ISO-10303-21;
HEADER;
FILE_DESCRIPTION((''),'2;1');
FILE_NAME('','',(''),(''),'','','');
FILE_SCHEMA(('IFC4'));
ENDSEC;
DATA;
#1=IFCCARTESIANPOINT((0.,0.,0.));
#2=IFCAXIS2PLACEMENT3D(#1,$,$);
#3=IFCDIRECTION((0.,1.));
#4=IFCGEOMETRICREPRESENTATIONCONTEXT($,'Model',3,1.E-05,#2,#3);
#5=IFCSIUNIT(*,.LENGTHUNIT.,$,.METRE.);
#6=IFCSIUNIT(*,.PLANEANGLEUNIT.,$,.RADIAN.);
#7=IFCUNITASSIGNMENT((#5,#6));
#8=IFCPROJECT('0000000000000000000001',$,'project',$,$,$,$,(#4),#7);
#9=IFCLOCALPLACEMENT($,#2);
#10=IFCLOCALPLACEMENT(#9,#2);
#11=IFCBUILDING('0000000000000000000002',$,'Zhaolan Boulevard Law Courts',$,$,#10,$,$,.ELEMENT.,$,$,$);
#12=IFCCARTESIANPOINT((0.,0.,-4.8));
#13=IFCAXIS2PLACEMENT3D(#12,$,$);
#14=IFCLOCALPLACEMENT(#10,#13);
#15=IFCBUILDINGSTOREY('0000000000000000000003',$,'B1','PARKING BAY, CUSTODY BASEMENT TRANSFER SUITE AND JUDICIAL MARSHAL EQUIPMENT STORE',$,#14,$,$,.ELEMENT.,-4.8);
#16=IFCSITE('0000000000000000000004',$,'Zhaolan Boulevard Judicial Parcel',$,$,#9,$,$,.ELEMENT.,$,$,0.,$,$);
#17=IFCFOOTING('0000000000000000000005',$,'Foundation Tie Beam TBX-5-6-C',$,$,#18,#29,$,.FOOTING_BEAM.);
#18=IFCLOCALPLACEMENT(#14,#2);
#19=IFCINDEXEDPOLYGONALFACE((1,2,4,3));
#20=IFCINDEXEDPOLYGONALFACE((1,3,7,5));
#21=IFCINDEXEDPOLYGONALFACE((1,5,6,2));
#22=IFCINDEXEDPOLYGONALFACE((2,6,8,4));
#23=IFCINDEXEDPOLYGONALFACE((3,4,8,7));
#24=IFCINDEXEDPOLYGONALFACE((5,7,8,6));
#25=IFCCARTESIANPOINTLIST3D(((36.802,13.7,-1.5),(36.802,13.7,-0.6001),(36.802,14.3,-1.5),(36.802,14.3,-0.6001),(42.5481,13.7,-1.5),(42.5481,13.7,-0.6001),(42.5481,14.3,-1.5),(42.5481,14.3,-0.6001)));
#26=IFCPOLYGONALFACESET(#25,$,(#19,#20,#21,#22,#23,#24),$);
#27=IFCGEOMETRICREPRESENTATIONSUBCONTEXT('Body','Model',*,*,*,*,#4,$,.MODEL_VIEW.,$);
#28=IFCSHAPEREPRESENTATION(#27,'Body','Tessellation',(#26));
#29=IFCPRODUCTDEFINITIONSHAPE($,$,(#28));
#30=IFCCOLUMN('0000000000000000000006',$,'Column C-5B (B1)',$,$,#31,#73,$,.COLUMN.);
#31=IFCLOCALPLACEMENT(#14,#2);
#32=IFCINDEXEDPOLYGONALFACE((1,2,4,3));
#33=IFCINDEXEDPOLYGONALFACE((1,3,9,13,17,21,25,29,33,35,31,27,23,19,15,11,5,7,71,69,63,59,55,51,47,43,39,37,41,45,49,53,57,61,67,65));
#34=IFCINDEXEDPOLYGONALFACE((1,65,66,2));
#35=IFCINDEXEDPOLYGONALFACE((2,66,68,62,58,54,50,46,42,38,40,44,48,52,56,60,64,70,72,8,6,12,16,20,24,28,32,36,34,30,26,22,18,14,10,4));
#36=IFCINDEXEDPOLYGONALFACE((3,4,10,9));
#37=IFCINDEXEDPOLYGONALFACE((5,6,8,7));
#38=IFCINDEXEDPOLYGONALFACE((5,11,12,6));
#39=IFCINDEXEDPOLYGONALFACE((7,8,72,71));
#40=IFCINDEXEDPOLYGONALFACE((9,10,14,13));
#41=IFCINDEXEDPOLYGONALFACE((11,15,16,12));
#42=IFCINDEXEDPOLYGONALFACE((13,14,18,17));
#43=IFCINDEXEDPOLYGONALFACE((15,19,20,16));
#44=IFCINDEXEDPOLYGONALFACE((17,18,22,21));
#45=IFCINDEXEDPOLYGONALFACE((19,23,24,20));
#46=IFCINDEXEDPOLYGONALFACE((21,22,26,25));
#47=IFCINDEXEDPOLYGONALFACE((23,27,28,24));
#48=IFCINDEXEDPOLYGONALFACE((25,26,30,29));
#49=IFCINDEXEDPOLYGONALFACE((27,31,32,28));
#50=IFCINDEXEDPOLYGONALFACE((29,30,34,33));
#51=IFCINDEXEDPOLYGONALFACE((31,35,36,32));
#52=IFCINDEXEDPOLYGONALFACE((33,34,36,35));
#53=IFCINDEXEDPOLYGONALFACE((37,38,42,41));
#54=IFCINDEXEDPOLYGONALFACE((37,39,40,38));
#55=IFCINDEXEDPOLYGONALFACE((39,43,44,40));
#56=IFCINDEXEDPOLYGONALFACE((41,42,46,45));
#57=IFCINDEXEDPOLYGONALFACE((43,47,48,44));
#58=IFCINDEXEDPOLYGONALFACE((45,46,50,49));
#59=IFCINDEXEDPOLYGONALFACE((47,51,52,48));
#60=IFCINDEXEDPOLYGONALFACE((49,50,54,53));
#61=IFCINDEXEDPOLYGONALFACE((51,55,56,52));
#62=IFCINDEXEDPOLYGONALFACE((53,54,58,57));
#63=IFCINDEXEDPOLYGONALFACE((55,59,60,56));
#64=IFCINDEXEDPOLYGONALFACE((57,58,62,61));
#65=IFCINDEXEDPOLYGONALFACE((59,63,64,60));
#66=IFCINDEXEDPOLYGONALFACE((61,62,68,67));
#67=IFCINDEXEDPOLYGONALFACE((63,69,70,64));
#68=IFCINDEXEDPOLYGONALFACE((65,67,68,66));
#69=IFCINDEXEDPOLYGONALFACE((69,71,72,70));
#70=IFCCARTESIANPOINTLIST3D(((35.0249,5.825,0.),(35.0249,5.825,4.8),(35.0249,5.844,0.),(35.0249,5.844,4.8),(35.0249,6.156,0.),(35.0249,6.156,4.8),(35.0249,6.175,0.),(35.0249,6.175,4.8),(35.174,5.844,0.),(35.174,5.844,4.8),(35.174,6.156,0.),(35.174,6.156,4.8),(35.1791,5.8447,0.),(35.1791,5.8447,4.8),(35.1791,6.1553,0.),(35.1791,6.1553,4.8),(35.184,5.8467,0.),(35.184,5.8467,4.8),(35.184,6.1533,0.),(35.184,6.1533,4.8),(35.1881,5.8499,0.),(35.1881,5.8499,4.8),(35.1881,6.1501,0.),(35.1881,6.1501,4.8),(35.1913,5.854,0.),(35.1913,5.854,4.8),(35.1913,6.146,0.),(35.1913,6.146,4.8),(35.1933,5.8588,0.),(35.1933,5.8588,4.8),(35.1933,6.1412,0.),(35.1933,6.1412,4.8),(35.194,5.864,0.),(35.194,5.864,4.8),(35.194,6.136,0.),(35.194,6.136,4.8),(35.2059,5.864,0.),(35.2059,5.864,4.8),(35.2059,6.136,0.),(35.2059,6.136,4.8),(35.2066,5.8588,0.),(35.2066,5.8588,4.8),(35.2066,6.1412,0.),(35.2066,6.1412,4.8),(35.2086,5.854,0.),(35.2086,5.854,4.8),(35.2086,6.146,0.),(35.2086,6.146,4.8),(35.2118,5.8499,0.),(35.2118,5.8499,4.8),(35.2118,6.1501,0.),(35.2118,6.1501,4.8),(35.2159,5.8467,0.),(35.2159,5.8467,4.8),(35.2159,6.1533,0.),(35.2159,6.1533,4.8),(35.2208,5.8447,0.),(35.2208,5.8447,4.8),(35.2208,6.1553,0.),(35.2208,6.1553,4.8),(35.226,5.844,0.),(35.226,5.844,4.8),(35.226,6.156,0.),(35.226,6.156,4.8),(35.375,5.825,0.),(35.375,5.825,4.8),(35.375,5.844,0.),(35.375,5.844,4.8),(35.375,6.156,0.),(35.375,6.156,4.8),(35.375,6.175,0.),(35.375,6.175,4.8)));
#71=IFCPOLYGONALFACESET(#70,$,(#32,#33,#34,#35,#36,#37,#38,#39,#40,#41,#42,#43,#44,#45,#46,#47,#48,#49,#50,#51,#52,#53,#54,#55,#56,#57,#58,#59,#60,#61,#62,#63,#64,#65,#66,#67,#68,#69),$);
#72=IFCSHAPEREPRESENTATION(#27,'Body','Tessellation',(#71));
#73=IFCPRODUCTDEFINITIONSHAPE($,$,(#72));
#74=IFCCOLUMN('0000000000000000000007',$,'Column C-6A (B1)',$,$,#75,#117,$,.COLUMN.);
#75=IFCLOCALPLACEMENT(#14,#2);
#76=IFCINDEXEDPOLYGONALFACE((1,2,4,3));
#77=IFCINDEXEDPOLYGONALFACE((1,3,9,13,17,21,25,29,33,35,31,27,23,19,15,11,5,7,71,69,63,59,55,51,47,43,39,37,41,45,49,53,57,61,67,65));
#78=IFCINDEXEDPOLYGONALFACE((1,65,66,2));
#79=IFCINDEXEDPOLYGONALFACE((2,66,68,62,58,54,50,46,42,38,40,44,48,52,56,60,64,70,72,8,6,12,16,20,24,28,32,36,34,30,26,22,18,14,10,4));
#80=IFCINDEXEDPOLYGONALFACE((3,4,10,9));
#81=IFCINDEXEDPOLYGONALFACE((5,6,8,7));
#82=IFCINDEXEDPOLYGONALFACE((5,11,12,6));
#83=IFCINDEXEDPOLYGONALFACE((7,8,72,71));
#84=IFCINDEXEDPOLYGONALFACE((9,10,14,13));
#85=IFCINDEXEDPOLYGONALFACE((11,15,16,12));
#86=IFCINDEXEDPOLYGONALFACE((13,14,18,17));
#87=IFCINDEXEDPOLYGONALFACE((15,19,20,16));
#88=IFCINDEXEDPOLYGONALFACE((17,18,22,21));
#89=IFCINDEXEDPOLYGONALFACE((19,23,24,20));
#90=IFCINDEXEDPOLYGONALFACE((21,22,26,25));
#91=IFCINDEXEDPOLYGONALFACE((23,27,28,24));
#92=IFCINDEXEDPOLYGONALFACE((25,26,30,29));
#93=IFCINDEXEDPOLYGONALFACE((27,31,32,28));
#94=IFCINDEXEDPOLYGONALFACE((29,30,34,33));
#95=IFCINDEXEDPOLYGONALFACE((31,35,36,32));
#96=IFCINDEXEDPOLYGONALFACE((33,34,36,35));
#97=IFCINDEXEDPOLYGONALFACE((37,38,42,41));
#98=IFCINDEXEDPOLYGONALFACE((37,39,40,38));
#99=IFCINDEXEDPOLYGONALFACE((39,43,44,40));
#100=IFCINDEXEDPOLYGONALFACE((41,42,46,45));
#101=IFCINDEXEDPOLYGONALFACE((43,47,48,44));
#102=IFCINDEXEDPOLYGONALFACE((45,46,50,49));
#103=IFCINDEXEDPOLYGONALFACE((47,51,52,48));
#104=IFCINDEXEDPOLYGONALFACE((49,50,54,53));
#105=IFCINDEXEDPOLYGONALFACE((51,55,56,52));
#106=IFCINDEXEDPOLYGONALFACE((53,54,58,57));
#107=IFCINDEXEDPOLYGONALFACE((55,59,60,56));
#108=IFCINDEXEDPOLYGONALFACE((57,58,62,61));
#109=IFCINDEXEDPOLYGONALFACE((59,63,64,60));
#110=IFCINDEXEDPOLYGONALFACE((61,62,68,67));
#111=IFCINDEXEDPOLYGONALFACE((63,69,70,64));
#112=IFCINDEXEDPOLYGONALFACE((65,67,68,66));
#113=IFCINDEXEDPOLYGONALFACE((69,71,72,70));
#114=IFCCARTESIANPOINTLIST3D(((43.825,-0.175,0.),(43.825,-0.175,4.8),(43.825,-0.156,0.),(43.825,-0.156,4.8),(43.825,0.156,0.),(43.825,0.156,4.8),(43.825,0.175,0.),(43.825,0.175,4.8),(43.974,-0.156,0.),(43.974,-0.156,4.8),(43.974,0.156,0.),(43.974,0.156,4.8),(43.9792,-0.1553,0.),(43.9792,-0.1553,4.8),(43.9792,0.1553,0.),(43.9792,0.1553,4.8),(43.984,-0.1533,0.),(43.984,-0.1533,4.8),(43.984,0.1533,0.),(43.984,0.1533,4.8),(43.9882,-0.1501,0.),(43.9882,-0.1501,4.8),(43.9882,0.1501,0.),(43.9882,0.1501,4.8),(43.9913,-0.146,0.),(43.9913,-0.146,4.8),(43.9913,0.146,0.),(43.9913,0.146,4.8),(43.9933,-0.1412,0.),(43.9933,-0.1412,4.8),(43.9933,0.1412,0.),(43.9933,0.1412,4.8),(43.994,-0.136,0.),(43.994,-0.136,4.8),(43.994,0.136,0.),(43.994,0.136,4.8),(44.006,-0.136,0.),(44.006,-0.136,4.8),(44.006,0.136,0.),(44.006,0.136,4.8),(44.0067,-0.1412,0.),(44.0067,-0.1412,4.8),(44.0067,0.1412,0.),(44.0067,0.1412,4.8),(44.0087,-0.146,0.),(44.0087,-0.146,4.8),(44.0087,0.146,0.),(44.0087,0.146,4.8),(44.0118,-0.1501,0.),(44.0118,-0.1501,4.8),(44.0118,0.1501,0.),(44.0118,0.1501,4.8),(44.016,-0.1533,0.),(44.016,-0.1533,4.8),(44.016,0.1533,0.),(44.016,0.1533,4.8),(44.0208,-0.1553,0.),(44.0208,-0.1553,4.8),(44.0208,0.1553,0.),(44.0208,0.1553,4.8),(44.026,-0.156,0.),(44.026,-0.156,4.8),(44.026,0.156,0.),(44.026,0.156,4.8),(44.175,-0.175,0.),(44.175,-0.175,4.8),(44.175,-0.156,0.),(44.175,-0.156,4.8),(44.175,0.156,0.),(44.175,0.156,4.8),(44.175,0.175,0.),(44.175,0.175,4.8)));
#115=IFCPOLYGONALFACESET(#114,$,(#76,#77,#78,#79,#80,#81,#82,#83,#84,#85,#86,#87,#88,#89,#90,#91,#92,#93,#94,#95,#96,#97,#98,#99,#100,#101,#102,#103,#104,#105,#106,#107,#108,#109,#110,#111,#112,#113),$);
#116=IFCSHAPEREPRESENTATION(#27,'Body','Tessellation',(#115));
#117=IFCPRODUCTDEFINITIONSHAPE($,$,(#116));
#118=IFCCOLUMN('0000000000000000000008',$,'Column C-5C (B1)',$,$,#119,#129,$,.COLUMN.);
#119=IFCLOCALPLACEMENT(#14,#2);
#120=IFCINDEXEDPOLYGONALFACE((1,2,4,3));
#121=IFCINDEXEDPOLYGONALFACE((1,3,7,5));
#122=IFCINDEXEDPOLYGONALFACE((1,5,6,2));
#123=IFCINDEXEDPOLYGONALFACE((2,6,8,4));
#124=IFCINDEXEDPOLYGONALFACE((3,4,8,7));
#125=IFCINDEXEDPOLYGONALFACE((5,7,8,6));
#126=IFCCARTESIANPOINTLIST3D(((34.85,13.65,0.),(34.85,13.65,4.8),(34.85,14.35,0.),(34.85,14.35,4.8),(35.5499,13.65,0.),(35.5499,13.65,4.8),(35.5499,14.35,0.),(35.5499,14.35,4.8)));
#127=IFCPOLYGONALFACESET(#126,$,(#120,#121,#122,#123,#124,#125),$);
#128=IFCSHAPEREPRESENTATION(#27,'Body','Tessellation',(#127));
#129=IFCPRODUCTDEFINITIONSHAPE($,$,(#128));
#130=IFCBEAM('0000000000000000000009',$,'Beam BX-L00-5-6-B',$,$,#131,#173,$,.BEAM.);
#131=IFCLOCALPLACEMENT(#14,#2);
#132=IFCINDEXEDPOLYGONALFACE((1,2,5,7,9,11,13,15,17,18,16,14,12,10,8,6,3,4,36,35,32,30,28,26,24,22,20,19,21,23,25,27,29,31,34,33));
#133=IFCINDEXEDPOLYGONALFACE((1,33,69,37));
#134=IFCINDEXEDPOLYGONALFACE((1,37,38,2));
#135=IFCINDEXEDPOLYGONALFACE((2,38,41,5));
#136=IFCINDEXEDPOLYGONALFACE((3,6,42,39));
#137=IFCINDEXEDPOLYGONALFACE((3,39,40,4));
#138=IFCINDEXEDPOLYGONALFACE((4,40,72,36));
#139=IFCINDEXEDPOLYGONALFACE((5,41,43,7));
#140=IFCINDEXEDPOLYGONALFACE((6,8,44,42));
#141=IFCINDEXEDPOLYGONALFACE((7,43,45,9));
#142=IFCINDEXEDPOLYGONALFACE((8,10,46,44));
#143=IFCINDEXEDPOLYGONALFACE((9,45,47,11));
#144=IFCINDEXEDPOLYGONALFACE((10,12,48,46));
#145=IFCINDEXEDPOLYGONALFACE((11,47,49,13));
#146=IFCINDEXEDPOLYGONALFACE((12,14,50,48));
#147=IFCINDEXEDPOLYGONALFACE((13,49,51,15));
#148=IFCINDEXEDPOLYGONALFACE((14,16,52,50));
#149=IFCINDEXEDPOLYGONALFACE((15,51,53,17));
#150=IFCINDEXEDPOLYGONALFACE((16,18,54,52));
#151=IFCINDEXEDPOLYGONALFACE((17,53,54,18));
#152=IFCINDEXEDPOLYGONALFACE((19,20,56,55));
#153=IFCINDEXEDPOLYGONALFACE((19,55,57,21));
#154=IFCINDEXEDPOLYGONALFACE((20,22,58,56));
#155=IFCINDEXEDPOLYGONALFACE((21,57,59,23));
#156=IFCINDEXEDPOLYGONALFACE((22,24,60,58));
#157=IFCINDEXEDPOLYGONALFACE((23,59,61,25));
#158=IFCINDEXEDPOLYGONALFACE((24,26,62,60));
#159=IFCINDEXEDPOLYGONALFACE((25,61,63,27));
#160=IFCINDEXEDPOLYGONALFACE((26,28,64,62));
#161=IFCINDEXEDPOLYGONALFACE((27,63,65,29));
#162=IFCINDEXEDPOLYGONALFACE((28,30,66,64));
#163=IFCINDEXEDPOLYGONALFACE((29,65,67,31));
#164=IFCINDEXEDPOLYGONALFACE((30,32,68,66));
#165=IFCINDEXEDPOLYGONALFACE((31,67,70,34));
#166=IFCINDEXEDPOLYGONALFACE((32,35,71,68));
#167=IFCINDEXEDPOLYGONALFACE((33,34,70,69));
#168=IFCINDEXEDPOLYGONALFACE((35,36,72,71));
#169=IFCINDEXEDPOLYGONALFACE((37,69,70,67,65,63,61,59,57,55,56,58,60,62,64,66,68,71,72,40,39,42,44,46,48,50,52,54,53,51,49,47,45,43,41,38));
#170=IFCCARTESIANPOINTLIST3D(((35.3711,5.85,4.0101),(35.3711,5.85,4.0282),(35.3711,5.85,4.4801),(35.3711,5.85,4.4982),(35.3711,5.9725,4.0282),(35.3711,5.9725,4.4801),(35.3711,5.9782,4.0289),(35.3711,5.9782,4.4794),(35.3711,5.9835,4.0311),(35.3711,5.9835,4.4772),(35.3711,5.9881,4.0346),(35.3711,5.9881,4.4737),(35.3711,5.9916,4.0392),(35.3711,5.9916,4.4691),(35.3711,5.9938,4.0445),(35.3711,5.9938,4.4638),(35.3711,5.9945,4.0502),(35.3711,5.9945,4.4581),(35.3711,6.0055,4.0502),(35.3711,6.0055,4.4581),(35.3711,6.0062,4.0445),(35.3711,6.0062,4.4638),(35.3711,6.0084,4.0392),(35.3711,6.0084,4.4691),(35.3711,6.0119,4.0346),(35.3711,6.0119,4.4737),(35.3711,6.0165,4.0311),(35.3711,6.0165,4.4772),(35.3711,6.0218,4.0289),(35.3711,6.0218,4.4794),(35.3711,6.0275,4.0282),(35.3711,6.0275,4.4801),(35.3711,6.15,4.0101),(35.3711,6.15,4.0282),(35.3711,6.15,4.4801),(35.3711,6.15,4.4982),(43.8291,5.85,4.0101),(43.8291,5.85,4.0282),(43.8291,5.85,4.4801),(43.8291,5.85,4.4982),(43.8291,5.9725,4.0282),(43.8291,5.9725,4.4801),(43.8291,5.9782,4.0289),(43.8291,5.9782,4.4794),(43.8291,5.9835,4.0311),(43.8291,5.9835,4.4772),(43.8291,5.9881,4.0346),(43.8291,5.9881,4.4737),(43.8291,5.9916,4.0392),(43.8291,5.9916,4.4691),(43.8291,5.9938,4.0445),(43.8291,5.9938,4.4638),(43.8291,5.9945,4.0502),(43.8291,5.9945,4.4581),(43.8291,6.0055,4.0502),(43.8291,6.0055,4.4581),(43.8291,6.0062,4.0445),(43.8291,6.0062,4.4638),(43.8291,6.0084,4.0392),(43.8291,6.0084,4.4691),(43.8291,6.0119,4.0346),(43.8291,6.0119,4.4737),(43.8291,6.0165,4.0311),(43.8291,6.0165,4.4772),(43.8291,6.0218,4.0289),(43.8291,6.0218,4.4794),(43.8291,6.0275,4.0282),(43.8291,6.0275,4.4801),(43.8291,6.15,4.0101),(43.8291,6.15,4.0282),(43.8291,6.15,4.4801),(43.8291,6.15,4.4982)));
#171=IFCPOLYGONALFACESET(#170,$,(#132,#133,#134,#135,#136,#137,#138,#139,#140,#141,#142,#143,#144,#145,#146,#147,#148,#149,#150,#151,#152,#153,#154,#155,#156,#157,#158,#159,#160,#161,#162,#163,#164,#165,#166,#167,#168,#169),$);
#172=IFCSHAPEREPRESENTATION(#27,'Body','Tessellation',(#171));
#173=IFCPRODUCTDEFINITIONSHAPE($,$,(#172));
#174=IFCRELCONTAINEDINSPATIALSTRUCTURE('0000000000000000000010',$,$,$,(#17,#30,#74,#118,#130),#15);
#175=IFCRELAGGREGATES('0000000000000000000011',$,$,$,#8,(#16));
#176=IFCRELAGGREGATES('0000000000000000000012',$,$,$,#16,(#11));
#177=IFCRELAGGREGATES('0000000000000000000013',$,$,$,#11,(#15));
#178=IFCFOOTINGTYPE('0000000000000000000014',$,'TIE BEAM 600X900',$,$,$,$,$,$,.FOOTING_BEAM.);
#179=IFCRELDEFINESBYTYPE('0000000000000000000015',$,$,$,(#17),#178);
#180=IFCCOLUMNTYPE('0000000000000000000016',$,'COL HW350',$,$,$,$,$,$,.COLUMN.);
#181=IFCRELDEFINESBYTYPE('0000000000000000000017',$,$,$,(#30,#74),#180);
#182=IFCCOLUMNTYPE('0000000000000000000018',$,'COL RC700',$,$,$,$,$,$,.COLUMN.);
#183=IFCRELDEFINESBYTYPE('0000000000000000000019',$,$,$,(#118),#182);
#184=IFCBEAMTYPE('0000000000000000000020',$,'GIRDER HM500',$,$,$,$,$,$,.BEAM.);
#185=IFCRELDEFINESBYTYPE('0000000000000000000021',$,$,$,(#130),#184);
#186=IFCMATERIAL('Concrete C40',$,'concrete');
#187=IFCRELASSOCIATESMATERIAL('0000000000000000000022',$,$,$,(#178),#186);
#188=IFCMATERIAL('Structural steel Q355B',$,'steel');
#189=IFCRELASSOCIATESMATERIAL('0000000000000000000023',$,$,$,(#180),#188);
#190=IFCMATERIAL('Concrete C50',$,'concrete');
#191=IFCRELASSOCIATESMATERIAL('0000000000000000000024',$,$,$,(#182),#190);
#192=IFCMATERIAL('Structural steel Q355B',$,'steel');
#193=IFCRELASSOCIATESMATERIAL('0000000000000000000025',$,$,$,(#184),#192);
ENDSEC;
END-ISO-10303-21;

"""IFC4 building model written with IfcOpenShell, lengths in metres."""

from ifc_helpers import new_model, si_unit, direction, frame, origin, origin_2d, place, context, subcontext, project, spatial, rectangle, i_section, extrude, material, material_profile, profile_set, type_object, element, save


model = new_model("IFC4")

# Units and contexts
model_context = context("Model", 3, precision=1e-05, world=origin(), true_north=direction((0.0, 1.0)))
body_context = subcontext(model_context, "Body", "Model", "MODEL_VIEW")
ifc_project = project(units=[si_unit("LENGTHUNIT", "METRE"), si_unit("PLANEANGLEUNIT", "RADIAN")], contexts=[model_context])

# Site, building, storey
site_placement = place(None, origin())
site = spatial("IfcSite", under=ifc_project, at=site_placement, Name="Zhaolan Boulevard Judicial Parcel", CompositionType="ELEMENT", RefElevation=0.0)
building_placement = place(site_placement, origin())
building = spatial("IfcBuilding", under=site, at=building_placement, Name="Zhaolan Boulevard Law Courts", CompositionType="ELEMENT")
storey_placement = place(building_placement, frame((0.0, 0.0, -4.8)))
storey = spatial("IfcBuildingStorey", under=building, at=storey_placement, Name="B1", Description="PARKING BAY, CUSTODY BASEMENT TRANSFER SUITE AND JUDICIAL MARSHAL EQUIPMENT STORE", CompositionType="ELEMENT", Elevation=-4.8)

# Footing
ifc_material_1 = material(Name="Concrete C40", Category="concrete")
ifc_material_profile_1 = material_profile(ifc_material_1, rectangle(XDim=0.6001, YDim=0.8999, at=origin_2d()), Name="RC600x900")
ifc_profile_set_1 = profile_set([ifc_material_profile_1], Name="Concrete C40")
footing_type_1 = type_object("IfcFootingType", Name="TIE BEAM 600X900", PredefinedType="FOOTING_BEAM", material=ifc_profile_set_1)
for number, where, z_axis, x_axis, name in (
    (1, (36.802, 14.0, -1.05), (1.0, 0.0, 0.0), (0.0, 1.0, 0.0), "Foundation Tie Beam TBX-5-6-C"),
):
    element("IfcFooting", number, at=place(storey_placement, frame(where, z_axis=z_axis, x_axis=x_axis)), inside=storey, type_object=footing_type_1, Name=name, PredefinedType="FOOTING_BEAM", context=body_context, shape_type="SweptSolid", body=[
        extrude(rectangle(XDim=0.6001, YDim=0.8999, at=origin_2d()), origin(), (0.0, 0.0, 1.0), 5.7461),
    ])

# Columns
ifc_material_2 = material(Name="Structural steel Q355B", Category="steel")
ifc_material_profile_2 = material_profile(ifc_material_2, i_section(OverallWidth=0.3501, OverallDepth=0.3501, WebThickness=0.012, FlangeThickness=0.019, FilletRadius=0.02, at=origin_2d()), Name="HW350x350")
ifc_profile_set_2 = profile_set([ifc_material_profile_2], Name="Structural steel Q355B")
column_type_1 = type_object("IfcColumnType", Name="COL HW350", PredefinedType="COLUMN", material=ifc_profile_set_2)
for number, where, z_axis, x_axis, name in (
    (2, (35.2, 6.0, 0.0), (0.0, 0.0, 1.0), (1.0, 0.0, 0.0), "Column C-5B (B1)"),
    (3, (44.0, 0.0, 0.0), (0.0, 0.0, 1.0), (1.0, 0.0, 0.0), "Column C-6A (B1)"),
):
    element("IfcColumn", number, at=place(storey_placement, frame(where, z_axis=z_axis, x_axis=x_axis)), inside=storey, type_object=column_type_1, Name=name, PredefinedType="COLUMN", context=body_context, shape_type="SweptSolid", body=[
        extrude(i_section(OverallWidth=0.3501, OverallDepth=0.3501, WebThickness=0.012, FlangeThickness=0.019, FilletRadius=0.02, at=origin_2d()), origin(), (0.0, 0.0, 1.0), 4.8),
    ])
ifc_material_3 = material(Name="Concrete C50", Category="concrete")
ifc_material_profile_3 = material_profile(ifc_material_3, rectangle(XDim=0.7, YDim=0.7, at=origin_2d()), Name="RC700x700")
ifc_profile_set_3 = profile_set([ifc_material_profile_3], Name="Concrete C50")
column_type_2 = type_object("IfcColumnType", Name="COL RC700", PredefinedType="COLUMN", material=ifc_profile_set_3)
column_placement = place(storey_placement, frame((35.2, 14.0, 0.0), z_axis=(0.0, 0.0, 1.0), x_axis=(1.0, 0.0, 0.0)))
element("IfcColumn", 4, at=column_placement, inside=storey, type_object=column_type_2, Name="Column C-5C (B1)", PredefinedType="COLUMN", context=body_context, shape_type="SweptSolid", body=[
    extrude(rectangle(XDim=0.7, YDim=0.7, at=origin_2d()), origin(), (0.0, 0.0, 1.0), 4.8),
])

# Beam
ifc_material_4 = material(Name="Structural steel Q355B", Category="steel")
ifc_material_profile_4 = material_profile(ifc_material_4, i_section(OverallWidth=0.3, OverallDepth=0.488, WebThickness=0.011, FlangeThickness=0.0181, FilletRadius=0.022, at=origin_2d()), Name="HM488x300")
ifc_profile_set_4 = profile_set([ifc_material_profile_4], Name="Structural steel Q355B")
beam_type_1 = type_object("IfcBeamType", Name="GIRDER HM500", PredefinedType="BEAM", material=ifc_profile_set_4)
beam_1_placement = place(storey_placement, frame((35.3711, 6.0, 4.2542), z_axis=(1.0, 0.0, 0.0), x_axis=(0.0, 1.0, 0.0)))
element("IfcBeam", 5, at=beam_1_placement, inside=storey, type_object=beam_type_1, Name="Beam BX-L00-5-6-B", PredefinedType="BEAM", context=body_context, shape_type="SweptSolid", body=[
    extrude(i_section(OverallWidth=0.3, OverallDepth=0.488, WebThickness=0.011, FlangeThickness=0.0181, FilletRadius=0.022, at=origin_2d()), origin(), (0.0, 0.0, 1.0), 8.458),
])

save(model, "model.ifc")
